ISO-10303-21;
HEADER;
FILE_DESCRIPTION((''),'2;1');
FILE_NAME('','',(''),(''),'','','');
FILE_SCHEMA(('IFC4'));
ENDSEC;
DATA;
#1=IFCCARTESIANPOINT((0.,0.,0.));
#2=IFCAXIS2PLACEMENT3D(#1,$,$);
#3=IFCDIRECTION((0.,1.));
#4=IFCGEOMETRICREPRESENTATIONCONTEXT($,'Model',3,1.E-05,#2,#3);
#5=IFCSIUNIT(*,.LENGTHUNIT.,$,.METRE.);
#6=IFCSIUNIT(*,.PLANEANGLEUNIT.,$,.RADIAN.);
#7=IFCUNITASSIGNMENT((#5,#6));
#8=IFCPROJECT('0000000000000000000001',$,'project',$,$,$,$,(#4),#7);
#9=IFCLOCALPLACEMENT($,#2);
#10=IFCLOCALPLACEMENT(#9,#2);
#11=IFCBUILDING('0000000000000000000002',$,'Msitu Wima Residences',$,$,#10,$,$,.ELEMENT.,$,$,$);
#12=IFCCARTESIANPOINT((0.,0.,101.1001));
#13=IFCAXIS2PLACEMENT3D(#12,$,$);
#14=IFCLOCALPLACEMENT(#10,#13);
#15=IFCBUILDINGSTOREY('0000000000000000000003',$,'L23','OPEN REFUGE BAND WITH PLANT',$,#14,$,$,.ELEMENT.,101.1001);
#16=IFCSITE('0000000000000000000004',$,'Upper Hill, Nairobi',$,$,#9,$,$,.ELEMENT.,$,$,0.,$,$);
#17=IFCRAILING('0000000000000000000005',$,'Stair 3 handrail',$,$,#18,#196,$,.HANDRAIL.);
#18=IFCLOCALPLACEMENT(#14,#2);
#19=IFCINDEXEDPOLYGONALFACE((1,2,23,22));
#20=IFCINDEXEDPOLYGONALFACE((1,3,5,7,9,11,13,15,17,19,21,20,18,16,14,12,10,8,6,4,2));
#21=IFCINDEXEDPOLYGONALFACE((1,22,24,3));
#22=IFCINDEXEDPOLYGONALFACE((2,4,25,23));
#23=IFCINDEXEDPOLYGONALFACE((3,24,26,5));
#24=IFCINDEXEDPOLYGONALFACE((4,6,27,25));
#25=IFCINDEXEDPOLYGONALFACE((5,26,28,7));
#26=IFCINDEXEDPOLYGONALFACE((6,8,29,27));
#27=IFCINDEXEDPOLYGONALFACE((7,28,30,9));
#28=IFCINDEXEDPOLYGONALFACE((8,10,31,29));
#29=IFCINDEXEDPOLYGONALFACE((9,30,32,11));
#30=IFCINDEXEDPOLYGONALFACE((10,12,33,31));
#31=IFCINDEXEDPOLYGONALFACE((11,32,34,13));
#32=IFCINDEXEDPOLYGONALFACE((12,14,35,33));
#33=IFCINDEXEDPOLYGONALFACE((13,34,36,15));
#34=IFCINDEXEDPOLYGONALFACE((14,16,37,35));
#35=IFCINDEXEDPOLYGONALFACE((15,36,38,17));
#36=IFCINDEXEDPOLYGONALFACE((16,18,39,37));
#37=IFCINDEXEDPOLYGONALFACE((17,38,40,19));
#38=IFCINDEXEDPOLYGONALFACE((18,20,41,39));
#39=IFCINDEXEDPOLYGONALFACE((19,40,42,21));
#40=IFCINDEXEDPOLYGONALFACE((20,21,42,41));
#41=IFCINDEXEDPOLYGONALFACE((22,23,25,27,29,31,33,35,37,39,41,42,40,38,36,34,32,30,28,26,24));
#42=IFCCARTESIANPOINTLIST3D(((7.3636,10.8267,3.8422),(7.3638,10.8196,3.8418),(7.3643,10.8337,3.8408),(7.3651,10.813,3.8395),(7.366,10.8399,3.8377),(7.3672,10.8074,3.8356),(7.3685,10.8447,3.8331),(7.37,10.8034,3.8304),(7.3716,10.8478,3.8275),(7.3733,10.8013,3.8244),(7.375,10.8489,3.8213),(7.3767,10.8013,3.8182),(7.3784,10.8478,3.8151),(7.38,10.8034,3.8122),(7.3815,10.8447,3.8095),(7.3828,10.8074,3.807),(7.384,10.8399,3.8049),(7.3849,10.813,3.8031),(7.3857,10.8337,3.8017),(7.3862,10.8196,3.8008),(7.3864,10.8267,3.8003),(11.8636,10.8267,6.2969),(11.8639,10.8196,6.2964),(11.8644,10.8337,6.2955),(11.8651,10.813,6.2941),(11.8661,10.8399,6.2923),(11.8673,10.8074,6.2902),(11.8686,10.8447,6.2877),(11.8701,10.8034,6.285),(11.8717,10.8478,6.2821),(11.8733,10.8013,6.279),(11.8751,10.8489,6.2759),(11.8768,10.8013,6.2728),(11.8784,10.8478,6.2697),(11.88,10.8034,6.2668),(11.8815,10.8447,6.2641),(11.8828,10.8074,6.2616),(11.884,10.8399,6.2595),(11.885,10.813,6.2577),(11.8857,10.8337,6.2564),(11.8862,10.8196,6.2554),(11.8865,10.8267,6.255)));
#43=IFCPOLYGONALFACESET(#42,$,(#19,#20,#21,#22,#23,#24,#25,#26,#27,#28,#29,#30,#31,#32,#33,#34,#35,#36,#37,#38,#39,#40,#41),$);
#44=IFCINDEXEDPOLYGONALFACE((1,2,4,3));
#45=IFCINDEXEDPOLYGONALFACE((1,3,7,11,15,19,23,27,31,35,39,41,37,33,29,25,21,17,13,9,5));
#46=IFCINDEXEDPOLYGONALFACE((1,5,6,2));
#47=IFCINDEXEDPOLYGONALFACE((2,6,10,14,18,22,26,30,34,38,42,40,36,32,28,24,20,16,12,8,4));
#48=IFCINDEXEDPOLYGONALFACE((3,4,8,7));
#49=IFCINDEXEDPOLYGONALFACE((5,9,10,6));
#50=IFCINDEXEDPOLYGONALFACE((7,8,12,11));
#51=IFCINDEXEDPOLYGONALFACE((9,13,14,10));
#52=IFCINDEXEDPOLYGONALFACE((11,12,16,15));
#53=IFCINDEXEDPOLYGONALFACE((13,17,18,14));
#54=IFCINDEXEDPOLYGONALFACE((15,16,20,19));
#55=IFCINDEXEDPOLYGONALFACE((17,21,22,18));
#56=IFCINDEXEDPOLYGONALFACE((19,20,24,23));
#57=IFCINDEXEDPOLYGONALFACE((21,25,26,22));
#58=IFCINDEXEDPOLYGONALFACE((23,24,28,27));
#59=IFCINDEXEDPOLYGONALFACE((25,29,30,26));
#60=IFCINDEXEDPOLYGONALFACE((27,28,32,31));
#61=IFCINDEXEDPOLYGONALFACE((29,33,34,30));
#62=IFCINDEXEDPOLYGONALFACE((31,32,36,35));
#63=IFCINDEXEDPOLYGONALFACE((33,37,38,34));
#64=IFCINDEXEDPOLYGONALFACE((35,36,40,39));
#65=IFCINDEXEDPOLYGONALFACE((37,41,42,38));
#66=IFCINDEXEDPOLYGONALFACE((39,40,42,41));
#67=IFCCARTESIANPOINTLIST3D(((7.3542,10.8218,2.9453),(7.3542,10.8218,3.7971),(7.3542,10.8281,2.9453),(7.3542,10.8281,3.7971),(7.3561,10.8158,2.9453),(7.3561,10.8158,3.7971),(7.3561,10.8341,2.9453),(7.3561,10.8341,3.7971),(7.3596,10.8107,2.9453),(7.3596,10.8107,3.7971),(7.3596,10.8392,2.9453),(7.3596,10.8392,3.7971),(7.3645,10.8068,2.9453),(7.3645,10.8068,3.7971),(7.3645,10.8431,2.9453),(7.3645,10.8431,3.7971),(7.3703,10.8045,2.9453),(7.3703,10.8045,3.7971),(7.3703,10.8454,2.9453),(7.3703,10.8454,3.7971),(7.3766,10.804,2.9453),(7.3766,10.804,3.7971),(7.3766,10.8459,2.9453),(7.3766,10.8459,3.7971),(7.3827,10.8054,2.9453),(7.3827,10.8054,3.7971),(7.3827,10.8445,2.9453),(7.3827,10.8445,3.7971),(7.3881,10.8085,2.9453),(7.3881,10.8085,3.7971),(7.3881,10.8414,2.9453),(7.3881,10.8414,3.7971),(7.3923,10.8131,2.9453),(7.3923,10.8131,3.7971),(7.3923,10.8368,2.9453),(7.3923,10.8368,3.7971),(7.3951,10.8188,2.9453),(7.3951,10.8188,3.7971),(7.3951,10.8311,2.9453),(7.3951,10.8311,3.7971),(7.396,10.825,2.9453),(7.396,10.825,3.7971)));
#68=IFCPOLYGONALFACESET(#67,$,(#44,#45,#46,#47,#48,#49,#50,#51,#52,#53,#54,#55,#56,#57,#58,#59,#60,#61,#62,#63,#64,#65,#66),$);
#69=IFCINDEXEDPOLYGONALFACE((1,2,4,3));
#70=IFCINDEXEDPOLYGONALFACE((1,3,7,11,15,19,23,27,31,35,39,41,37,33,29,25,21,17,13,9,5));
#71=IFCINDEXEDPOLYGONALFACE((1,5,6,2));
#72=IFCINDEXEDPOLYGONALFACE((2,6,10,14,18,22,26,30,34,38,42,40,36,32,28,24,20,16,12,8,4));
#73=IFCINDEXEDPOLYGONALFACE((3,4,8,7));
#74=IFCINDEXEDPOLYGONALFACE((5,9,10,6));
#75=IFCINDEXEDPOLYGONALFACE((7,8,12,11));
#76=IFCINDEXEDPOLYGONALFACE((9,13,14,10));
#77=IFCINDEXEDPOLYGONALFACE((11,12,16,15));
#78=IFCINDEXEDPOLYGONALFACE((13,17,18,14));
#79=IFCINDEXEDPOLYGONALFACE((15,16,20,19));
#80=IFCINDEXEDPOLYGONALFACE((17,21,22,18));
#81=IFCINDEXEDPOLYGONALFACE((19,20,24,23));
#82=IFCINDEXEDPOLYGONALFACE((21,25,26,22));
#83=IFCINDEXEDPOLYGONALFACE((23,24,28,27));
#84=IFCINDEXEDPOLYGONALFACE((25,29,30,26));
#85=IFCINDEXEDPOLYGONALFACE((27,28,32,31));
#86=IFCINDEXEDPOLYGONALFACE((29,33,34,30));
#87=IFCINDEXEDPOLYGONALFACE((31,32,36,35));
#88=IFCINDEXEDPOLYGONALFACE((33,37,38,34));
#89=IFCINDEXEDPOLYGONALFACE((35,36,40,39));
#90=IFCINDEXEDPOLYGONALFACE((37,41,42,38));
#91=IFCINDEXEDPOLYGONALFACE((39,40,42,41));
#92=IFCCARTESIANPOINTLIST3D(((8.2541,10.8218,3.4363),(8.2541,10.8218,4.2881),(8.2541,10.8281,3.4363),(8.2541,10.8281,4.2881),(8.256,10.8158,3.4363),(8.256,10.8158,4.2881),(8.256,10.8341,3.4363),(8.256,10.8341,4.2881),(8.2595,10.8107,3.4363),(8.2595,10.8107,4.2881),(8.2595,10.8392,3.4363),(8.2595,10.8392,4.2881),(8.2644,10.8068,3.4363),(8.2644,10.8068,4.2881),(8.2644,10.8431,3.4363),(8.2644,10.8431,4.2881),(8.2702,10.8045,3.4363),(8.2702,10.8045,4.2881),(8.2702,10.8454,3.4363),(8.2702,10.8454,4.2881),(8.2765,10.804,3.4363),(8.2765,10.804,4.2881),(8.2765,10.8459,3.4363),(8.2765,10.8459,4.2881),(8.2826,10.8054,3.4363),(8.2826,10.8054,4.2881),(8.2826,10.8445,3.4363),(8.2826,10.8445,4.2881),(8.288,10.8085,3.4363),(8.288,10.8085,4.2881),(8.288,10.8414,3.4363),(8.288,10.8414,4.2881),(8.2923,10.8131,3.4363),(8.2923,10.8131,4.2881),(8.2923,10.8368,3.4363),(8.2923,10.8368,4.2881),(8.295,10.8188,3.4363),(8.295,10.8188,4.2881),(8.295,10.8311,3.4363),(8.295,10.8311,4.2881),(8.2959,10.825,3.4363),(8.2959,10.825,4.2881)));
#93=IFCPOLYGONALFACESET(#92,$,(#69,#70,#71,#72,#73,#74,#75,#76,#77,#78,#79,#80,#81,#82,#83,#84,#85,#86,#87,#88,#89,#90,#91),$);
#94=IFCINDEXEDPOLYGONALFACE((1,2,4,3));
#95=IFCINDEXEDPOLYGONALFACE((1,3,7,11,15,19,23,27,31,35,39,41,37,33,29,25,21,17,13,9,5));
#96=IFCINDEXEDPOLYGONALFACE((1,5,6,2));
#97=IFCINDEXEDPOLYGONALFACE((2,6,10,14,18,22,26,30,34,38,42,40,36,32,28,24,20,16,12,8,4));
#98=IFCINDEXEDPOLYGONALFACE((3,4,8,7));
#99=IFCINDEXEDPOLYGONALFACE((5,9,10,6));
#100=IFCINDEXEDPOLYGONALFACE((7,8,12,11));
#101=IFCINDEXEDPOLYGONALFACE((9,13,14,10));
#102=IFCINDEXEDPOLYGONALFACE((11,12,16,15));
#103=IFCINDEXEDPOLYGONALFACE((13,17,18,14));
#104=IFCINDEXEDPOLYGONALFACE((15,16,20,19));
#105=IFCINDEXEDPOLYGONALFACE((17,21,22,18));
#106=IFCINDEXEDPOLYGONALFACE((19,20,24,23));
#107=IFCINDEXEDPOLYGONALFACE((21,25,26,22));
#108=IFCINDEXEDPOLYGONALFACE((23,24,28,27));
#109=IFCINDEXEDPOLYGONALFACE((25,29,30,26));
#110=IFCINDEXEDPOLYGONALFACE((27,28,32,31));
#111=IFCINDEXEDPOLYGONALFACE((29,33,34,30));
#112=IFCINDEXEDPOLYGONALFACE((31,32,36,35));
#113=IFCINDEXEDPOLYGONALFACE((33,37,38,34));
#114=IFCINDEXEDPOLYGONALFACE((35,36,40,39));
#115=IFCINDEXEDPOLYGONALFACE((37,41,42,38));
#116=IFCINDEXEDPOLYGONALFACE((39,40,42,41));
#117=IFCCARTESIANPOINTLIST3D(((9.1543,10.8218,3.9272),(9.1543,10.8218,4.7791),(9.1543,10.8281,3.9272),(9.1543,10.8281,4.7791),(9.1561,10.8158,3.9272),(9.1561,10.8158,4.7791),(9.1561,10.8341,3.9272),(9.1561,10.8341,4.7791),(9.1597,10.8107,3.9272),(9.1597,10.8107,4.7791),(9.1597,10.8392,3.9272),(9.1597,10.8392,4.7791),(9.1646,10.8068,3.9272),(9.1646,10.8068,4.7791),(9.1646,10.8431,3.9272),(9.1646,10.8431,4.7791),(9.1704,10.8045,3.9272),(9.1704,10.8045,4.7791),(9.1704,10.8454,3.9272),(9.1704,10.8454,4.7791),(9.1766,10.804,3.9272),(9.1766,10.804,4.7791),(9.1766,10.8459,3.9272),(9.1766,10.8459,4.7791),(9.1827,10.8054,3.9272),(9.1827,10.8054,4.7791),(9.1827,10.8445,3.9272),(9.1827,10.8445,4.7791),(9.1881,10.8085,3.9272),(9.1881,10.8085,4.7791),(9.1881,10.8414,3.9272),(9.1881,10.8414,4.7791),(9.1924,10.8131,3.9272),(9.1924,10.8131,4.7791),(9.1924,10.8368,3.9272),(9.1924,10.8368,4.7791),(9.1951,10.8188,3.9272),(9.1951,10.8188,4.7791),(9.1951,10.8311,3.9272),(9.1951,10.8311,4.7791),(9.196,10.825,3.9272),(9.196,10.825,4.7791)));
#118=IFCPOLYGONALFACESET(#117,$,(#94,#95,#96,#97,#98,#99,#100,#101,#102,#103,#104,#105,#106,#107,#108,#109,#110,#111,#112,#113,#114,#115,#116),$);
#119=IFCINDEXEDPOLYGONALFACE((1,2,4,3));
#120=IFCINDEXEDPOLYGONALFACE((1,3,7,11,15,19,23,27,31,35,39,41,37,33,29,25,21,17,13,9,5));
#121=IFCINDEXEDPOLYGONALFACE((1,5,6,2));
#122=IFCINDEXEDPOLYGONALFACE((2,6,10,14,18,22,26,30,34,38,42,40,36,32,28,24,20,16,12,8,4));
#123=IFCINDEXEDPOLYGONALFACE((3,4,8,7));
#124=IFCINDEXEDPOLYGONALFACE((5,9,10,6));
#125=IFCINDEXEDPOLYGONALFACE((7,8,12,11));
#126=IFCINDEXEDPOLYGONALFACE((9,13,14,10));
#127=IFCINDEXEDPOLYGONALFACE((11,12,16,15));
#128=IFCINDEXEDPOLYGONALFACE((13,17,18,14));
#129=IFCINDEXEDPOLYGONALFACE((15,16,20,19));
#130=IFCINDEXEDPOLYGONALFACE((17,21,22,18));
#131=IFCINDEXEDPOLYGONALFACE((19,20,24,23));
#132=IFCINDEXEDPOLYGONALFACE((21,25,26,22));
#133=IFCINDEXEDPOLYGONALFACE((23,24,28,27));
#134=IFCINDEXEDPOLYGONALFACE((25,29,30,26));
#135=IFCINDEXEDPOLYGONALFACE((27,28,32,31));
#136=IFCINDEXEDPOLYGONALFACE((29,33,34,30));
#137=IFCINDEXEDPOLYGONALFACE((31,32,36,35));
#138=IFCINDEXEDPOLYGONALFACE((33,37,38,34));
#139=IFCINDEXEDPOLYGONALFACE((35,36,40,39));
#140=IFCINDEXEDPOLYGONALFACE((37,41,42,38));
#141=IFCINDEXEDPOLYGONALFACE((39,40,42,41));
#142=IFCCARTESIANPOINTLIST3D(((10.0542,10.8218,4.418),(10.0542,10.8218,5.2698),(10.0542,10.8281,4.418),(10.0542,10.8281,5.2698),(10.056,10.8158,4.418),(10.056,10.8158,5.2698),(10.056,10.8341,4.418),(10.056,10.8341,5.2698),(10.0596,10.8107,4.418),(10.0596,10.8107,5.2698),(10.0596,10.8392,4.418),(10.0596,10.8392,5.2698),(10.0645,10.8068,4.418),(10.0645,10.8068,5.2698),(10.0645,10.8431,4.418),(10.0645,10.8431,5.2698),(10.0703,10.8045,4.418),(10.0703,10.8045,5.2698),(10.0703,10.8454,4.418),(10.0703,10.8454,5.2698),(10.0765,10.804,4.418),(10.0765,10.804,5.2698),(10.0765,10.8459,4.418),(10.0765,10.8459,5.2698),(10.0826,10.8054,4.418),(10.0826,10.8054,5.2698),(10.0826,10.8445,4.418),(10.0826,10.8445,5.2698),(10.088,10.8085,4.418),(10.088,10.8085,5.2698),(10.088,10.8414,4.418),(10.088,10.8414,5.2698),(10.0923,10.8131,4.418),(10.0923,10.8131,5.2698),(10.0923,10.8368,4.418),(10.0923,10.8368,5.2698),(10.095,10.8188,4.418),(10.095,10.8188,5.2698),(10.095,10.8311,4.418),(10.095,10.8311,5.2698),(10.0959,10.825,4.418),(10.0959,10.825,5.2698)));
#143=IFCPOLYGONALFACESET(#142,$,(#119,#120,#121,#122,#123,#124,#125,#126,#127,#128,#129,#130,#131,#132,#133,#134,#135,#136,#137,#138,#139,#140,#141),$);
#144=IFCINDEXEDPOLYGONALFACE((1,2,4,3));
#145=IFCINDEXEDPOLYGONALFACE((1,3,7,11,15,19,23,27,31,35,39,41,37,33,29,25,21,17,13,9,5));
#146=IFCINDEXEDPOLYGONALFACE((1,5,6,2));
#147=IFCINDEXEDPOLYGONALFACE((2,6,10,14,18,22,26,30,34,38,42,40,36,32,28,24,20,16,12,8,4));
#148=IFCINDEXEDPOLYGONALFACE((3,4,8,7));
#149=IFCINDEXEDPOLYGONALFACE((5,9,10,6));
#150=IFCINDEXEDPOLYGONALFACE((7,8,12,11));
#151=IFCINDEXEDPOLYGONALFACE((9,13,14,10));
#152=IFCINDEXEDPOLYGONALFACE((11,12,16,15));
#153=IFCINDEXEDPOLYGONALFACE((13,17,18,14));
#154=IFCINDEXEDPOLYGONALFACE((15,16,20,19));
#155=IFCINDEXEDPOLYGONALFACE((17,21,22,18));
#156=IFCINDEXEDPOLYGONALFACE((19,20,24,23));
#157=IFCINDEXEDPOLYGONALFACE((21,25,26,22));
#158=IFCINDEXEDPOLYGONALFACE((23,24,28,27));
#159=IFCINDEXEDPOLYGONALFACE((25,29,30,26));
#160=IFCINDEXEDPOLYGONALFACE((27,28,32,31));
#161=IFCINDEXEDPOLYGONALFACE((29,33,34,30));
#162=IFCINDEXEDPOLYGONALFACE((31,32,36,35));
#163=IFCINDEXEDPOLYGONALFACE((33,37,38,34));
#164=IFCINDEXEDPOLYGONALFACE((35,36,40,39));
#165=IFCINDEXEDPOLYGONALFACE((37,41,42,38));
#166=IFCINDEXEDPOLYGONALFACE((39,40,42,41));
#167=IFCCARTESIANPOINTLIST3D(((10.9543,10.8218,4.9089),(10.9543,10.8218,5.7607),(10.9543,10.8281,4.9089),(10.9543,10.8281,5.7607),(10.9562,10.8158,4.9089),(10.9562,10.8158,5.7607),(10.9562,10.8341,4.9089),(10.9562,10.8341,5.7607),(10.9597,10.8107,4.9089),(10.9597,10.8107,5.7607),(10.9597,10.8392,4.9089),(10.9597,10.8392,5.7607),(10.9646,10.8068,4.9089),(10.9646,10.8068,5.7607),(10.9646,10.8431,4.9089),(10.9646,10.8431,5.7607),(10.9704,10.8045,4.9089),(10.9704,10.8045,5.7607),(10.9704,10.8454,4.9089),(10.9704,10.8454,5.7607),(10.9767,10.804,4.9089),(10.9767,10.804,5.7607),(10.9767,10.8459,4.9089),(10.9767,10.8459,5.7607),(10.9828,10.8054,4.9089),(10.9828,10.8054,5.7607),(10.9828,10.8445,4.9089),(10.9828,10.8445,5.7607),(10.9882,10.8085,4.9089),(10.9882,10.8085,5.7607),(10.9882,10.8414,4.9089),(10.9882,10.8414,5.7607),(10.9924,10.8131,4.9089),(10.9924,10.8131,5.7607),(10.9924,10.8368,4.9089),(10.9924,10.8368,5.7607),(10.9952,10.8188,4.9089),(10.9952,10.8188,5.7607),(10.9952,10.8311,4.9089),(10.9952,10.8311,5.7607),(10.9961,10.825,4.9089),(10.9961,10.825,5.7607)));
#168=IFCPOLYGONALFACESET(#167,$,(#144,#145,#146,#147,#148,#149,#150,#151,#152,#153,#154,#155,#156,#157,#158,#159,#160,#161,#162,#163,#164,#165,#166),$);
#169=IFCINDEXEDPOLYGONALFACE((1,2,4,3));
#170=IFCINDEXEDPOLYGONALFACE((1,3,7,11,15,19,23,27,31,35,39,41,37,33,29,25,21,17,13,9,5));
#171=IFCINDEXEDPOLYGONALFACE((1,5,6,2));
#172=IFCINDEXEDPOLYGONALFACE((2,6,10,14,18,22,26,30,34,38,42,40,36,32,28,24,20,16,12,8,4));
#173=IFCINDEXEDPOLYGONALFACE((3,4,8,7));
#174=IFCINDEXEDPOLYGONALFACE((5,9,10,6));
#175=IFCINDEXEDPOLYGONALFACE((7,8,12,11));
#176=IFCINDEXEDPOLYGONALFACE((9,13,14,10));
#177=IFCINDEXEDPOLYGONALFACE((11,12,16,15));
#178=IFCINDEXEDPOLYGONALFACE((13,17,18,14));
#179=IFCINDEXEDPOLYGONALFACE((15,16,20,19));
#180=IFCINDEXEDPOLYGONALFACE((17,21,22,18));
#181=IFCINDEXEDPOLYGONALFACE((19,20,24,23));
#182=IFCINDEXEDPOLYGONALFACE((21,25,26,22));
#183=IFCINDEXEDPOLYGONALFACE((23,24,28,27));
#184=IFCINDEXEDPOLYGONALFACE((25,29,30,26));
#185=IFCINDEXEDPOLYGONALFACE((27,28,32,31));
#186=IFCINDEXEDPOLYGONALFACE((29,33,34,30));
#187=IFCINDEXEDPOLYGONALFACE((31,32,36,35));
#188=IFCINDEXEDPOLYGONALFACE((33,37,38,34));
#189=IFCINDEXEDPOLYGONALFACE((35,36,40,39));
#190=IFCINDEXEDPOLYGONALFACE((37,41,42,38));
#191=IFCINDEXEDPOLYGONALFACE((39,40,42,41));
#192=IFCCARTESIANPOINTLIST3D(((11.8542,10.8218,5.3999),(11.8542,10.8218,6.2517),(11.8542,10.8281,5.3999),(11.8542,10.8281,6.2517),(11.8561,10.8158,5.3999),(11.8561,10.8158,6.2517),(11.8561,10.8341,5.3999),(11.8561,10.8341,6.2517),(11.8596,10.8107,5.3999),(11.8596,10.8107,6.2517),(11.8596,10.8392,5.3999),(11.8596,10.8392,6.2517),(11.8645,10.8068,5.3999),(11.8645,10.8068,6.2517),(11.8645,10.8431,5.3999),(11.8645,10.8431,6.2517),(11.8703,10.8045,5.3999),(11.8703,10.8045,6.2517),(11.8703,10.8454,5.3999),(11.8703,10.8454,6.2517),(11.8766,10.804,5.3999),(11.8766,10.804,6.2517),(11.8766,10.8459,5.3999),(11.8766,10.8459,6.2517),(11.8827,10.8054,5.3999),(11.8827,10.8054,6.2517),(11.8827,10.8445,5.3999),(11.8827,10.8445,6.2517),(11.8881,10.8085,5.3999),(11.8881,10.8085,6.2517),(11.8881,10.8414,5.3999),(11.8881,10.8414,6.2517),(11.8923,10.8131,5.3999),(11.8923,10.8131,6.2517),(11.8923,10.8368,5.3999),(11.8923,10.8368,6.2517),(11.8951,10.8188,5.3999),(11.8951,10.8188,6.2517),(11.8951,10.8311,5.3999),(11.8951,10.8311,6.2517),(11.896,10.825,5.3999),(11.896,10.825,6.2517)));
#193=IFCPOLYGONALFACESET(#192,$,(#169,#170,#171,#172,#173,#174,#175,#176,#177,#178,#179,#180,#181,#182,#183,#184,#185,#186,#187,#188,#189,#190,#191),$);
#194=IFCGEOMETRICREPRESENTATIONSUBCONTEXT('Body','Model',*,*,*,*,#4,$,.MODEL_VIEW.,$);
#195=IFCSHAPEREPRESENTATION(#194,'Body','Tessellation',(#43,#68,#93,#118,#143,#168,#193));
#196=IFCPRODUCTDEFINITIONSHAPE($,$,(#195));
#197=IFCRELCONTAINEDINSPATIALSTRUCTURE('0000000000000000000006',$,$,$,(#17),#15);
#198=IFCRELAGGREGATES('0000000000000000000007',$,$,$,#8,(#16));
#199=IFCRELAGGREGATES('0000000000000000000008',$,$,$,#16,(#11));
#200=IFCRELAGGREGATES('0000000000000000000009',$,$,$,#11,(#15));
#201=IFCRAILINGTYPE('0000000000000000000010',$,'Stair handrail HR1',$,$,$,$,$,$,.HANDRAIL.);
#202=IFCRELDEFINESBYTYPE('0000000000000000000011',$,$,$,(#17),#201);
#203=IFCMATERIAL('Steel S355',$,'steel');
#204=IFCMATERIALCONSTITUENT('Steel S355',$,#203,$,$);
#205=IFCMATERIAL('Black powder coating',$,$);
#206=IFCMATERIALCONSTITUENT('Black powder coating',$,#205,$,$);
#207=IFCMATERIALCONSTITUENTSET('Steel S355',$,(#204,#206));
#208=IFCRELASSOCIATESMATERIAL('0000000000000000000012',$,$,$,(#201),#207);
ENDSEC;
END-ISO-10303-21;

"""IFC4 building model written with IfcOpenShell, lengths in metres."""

from ifc_helpers import new_model, si_unit, direction, frame, origin, origin_2d, place, context, subcontext, project, spatial, circle, extrude, material, constituent, constituent_set, type_object, element, save


model = new_model("IFC4")

# Units and contexts
model_context = context("Model", 3, precision=1e-05, world=origin(), true_north=direction((0.0, 1.0)))
body_context = subcontext(model_context, "Body", "Model", "MODEL_VIEW")
ifc_project = project(units=[si_unit("LENGTHUNIT", "METRE"), si_unit("PLANEANGLEUNIT", "RADIAN")], contexts=[model_context])

# Site, building, storey
site_placement = place(None, origin())
site = spatial("IfcSite", under=ifc_project, at=site_placement, Name="Upper Hill, Nairobi", CompositionType="ELEMENT", RefElevation=0.0)
building_placement = place(site_placement, origin())
building = spatial("IfcBuilding", under=site, at=building_placement, Name="Msitu Wima Residences", CompositionType="ELEMENT")
storey_placement = place(building_placement, frame((0.0, 0.0, 101.1001)))
storey = spatial("IfcBuildingStorey", under=building, at=storey_placement, Name="L23", Description="OPEN REFUGE BAND WITH PLANT", CompositionType="ELEMENT", Elevation=101.1001)

# Railing
ifc_material_1 = material(Name="Steel S355", Category="steel")
ifc_constituent_1 = constituent(ifc_material_1, Name="Steel S355")
ifc_material_2 = material(Name="Black powder coating")
ifc_constituent_2 = constituent(ifc_material_2, Name="Black powder coating")
ifc_constituent_set_1 = constituent_set(constituents=[ifc_constituent_1, ifc_constituent_2], Name="Steel S355")
railing_type_1 = type_object("IfcRailingType", Name="Stair handrail HR1", PredefinedType="HANDRAIL", material=ifc_constituent_set_1)
for number, where, name in (
    (1, (7.375, 10.825, 2.9453), "Stair 3 handrail"),
):
    element("IfcRailing", number, at=place(storey_placement, frame(where)), inside=storey, type_object=railing_type_1, Name=name, PredefinedType="HANDRAIL", context=body_context, shape_type="SweptSolid", body=[
        extrude(circle(Radius=0.0239, at=origin_2d()), frame((0.0, 0.0, 0.876), z_axis=(0.877892, 0.0, 0.478859), x_axis=(0.0, 1.0, 0.0)), (0.0, 0.0, 1.0), 5.126),
        extrude(circle(Radius=0.021, at=origin_2d()), origin(), (0.0, 0.0, 1.0), 0.8518),
        extrude(circle(Radius=0.021, at=origin_2d()), frame((0.8999, 0.0, 0.491)), (0.0, 0.0, 1.0), 0.8518),
        extrude(circle(Radius=0.021, at=origin_2d()), frame((1.8, 0.0, 0.9819)), (0.0, 0.0, 1.0), 0.8518),
        extrude(circle(Radius=0.021, at=origin_2d()), frame((2.7, 0.0, 1.4727)), (0.0, 0.0, 1.0), 0.8518),
        extrude(circle(Radius=0.021, at=origin_2d()), frame((3.6001, 0.0, 1.9636)), (0.0, 0.0, 1.0), 0.8518),
        extrude(circle(Radius=0.021, at=origin_2d()), frame((4.5, 0.0, 2.4546)), (0.0, 0.0, 1.0), 0.8518),
    ])

save(model, "model.ifc")
